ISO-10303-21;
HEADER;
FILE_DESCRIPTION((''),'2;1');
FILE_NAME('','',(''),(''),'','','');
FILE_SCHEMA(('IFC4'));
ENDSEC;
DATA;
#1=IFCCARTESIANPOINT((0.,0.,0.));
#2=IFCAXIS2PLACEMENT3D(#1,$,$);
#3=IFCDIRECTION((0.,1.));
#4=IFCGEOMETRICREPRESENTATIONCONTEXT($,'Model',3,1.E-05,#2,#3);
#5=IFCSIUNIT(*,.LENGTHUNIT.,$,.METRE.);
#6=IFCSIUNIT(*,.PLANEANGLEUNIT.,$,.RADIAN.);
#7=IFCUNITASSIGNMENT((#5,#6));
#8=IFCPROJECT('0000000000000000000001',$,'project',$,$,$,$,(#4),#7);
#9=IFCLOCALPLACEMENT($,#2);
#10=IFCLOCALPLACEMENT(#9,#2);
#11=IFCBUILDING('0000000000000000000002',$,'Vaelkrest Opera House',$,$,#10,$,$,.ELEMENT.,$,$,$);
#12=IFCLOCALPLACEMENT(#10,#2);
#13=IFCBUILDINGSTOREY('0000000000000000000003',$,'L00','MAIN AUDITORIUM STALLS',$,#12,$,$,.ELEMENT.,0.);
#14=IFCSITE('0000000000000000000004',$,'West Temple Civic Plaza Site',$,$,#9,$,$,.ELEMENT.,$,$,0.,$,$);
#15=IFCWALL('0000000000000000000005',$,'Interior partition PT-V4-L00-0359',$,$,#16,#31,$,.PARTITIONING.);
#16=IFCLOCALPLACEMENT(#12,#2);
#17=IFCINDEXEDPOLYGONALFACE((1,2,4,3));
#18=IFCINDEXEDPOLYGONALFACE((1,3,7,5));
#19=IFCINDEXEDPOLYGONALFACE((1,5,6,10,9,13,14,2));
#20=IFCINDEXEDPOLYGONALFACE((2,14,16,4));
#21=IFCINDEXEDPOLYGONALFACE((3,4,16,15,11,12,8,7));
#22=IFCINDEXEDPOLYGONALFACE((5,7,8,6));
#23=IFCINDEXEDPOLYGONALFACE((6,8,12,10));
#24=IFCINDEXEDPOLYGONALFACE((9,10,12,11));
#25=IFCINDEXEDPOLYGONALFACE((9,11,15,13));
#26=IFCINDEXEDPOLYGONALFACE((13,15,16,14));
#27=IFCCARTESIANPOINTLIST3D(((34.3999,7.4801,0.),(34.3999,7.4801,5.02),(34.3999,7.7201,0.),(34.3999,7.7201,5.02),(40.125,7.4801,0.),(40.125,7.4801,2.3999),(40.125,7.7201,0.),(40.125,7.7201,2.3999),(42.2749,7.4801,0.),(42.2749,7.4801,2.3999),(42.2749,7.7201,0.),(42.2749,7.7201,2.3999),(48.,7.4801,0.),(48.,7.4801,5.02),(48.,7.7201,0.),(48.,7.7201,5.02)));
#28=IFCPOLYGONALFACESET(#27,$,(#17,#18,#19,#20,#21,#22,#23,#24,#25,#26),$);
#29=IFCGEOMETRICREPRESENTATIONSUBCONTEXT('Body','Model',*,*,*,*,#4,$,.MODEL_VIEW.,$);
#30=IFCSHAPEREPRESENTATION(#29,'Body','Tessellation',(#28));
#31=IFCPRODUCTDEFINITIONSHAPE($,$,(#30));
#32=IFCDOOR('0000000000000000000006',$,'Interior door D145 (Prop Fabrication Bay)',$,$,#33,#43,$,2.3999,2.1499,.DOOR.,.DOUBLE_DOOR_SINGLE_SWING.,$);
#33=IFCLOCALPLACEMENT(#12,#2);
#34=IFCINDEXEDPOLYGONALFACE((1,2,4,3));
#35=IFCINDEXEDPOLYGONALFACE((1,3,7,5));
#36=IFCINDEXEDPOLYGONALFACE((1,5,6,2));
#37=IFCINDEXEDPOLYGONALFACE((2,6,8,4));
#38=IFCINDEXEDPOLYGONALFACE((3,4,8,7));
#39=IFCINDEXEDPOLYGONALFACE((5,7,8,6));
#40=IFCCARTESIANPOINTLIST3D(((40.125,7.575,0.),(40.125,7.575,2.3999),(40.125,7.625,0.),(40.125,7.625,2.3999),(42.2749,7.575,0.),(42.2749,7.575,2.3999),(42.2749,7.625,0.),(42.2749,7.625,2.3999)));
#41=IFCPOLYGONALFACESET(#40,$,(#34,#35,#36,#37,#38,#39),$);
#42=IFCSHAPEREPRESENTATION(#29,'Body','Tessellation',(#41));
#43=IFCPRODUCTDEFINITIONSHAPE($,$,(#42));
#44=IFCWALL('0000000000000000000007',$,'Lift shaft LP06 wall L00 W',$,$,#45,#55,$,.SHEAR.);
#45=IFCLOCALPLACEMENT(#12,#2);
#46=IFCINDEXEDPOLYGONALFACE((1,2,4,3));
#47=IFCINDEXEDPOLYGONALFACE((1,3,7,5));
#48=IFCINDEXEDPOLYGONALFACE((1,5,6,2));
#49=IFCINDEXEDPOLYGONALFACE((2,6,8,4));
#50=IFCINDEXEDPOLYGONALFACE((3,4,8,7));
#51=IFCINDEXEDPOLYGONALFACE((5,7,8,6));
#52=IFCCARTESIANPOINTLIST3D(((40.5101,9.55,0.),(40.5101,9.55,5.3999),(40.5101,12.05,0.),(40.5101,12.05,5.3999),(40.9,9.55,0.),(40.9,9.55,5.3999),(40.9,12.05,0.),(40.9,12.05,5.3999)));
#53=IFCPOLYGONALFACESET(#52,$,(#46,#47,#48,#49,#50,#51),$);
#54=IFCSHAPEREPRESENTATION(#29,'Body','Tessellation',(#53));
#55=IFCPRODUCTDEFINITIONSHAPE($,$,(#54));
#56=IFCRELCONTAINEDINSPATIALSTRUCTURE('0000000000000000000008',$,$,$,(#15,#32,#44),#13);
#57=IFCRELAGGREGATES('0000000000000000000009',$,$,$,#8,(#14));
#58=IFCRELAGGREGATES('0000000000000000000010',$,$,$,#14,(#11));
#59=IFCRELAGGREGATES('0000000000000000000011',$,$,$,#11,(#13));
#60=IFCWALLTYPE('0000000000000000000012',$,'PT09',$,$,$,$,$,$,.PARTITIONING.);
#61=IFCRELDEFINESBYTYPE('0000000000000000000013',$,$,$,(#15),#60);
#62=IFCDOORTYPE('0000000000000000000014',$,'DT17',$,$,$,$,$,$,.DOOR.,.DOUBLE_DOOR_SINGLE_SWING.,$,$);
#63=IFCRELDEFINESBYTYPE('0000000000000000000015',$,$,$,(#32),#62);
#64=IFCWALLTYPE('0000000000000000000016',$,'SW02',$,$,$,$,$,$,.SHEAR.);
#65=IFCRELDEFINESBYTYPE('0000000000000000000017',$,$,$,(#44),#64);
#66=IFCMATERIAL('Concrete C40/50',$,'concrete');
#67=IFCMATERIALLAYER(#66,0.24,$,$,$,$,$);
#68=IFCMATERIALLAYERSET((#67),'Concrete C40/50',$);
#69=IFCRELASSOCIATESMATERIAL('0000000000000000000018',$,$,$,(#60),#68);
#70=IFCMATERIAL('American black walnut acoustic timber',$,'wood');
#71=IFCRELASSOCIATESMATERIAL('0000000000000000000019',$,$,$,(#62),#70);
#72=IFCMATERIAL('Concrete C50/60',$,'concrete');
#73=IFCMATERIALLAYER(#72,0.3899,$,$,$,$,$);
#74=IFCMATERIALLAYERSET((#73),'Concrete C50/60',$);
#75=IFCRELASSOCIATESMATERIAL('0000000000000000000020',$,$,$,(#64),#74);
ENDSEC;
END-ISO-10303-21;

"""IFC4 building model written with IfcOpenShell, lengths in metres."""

from ifc_helpers import new_model, si_unit, direction, frame, frame_2d, origin, place, context, subcontext, project, spatial, rectangle, extrude, material, layer, layer_set, type_object, element, fill, save


model = new_model("IFC4")

# Units and contexts
model_context = context("Model", 3, precision=1e-05, world=origin(), true_north=direction((0.0, 1.0)))
body_context = subcontext(model_context, "Body", "Model", "MODEL_VIEW")
ifc_project = project(units=[si_unit("LENGTHUNIT", "METRE"), si_unit("PLANEANGLEUNIT", "RADIAN")], contexts=[model_context])

# Site, building, storey
site_placement = place(None, origin())
site = spatial("IfcSite", under=ifc_project, at=site_placement, Name="West Temple Civic Plaza Site", CompositionType="ELEMENT", RefElevation=0.0)
building_placement = place(site_placement, origin())
building = spatial("IfcBuilding", under=site, at=building_placement, Name="Vaelkrest Opera House", CompositionType="ELEMENT")
storey_placement = place(building_placement, origin())
storey = spatial("IfcBuildingStorey", under=building, at=storey_placement, Name="L00", Description="MAIN AUDITORIUM STALLS", CompositionType="ELEMENT", Elevation=0.0)

# Shared definitions
ifc_material_1 = material(Name="Concrete C50/60", Category="concrete")

# Wall, opening, door
ifc_material_2 = material(Name="Concrete C40/50", Category="concrete")
ifc_layer_1 = layer(ifc_material_2, 0.24)
ifc_layer_set_1 = layer_set([ifc_layer_1], Name="Concrete C40/50")
wall_type_1 = type_object("IfcWallType", Name="PT09", PredefinedType="PARTITIONING", material=ifc_layer_set_1)
wall_1_placement = place(storey_placement, frame((34.3999, 7.6001, 0.0), z_axis=(0.0, 0.0, 1.0), x_axis=(1.0, 0.0, 0.0)))
wall_1 = element("IfcWall", 1, at=wall_1_placement, inside=storey, type_object=wall_type_1, Name="Interior partition PT-V4-L00-0359", PredefinedType="PARTITIONING", context=body_context, shape_type="SweptSolid", body=[
    extrude(rectangle(XDim=13.6001, YDim=0.24, at=frame_2d((6.8, 0.0))), origin(), (0.0, 0.0, 1.0), 5.02),
])
opening_1_placement = place(wall_1_placement, frame((5.7251, 0.0, 0.0)))
opening_1 = element("IfcOpeningElement", 2, at=opening_1_placement, cuts=wall_1, PredefinedType="OPENING", context=body_context, shape_type="SweptSolid", body=[
    extrude(rectangle(XDim=2.1499, YDim=2.3999, at=frame_2d((1.075, 1.2))), frame((0.0, 0.1299, 0.0), z_axis=(0.0, -1.0, 0.0), x_axis=(1.0, 0.0, 0.0)), (0.0, 0.0, 1.0), 0.26),
])
ifc_material_3 = material(Name="American black walnut acoustic timber", Category="wood")
door_type = type_object("IfcDoorType", Name="DT17", OperationType="DOUBLE_DOOR_SINGLE_SWING", PredefinedType="DOOR", material=ifc_material_3)
door_placement = place(opening_1_placement, origin())
door = element("IfcDoor", 3, at=door_placement, inside=storey, type_object=door_type, Name="Interior door D145 (Prop Fabrication Bay)", OperationType="DOUBLE_DOOR_SINGLE_SWING", OverallHeight=2.3999, OverallWidth=2.1499, PredefinedType="DOOR", context=body_context, shape_type="SweptSolid", body=[
    extrude(rectangle(XDim=2.1499, YDim=2.3999, at=frame_2d((1.075, 1.2))), frame((0.0, 0.0249, 0.0), z_axis=(0.0, -1.0, 0.0), x_axis=(1.0, 0.0, 0.0)), (0.0, 0.0, 1.0), 0.05),
])
fill(opening_1, door)

# Wall
ifc_layer_2 = layer(ifc_material_1, 0.3899)
ifc_layer_set_2 = layer_set([ifc_layer_2], Name="Concrete C50/60")
wall_type_2 = type_object("IfcWallType", Name="SW02", PredefinedType="SHEAR", material=ifc_layer_set_2)
wall_2_placement = place(storey_placement, frame((40.7051, 9.55, 0.0), z_axis=(0.0, 0.0, 1.0), x_axis=(0.0, 1.0, 0.0)))
element("IfcWall", 4, at=wall_2_placement, inside=storey, type_object=wall_type_2, Name="Lift shaft LP06 wall L00 W", PredefinedType="SHEAR", context=body_context, shape_type="SweptSolid", body=[
    extrude(rectangle(XDim=2.5, YDim=0.3899, at=frame_2d((1.25, 0.0))), origin(), (0.0, 0.0, 1.0), 5.3999),
])

save(model, "model.ifc")
